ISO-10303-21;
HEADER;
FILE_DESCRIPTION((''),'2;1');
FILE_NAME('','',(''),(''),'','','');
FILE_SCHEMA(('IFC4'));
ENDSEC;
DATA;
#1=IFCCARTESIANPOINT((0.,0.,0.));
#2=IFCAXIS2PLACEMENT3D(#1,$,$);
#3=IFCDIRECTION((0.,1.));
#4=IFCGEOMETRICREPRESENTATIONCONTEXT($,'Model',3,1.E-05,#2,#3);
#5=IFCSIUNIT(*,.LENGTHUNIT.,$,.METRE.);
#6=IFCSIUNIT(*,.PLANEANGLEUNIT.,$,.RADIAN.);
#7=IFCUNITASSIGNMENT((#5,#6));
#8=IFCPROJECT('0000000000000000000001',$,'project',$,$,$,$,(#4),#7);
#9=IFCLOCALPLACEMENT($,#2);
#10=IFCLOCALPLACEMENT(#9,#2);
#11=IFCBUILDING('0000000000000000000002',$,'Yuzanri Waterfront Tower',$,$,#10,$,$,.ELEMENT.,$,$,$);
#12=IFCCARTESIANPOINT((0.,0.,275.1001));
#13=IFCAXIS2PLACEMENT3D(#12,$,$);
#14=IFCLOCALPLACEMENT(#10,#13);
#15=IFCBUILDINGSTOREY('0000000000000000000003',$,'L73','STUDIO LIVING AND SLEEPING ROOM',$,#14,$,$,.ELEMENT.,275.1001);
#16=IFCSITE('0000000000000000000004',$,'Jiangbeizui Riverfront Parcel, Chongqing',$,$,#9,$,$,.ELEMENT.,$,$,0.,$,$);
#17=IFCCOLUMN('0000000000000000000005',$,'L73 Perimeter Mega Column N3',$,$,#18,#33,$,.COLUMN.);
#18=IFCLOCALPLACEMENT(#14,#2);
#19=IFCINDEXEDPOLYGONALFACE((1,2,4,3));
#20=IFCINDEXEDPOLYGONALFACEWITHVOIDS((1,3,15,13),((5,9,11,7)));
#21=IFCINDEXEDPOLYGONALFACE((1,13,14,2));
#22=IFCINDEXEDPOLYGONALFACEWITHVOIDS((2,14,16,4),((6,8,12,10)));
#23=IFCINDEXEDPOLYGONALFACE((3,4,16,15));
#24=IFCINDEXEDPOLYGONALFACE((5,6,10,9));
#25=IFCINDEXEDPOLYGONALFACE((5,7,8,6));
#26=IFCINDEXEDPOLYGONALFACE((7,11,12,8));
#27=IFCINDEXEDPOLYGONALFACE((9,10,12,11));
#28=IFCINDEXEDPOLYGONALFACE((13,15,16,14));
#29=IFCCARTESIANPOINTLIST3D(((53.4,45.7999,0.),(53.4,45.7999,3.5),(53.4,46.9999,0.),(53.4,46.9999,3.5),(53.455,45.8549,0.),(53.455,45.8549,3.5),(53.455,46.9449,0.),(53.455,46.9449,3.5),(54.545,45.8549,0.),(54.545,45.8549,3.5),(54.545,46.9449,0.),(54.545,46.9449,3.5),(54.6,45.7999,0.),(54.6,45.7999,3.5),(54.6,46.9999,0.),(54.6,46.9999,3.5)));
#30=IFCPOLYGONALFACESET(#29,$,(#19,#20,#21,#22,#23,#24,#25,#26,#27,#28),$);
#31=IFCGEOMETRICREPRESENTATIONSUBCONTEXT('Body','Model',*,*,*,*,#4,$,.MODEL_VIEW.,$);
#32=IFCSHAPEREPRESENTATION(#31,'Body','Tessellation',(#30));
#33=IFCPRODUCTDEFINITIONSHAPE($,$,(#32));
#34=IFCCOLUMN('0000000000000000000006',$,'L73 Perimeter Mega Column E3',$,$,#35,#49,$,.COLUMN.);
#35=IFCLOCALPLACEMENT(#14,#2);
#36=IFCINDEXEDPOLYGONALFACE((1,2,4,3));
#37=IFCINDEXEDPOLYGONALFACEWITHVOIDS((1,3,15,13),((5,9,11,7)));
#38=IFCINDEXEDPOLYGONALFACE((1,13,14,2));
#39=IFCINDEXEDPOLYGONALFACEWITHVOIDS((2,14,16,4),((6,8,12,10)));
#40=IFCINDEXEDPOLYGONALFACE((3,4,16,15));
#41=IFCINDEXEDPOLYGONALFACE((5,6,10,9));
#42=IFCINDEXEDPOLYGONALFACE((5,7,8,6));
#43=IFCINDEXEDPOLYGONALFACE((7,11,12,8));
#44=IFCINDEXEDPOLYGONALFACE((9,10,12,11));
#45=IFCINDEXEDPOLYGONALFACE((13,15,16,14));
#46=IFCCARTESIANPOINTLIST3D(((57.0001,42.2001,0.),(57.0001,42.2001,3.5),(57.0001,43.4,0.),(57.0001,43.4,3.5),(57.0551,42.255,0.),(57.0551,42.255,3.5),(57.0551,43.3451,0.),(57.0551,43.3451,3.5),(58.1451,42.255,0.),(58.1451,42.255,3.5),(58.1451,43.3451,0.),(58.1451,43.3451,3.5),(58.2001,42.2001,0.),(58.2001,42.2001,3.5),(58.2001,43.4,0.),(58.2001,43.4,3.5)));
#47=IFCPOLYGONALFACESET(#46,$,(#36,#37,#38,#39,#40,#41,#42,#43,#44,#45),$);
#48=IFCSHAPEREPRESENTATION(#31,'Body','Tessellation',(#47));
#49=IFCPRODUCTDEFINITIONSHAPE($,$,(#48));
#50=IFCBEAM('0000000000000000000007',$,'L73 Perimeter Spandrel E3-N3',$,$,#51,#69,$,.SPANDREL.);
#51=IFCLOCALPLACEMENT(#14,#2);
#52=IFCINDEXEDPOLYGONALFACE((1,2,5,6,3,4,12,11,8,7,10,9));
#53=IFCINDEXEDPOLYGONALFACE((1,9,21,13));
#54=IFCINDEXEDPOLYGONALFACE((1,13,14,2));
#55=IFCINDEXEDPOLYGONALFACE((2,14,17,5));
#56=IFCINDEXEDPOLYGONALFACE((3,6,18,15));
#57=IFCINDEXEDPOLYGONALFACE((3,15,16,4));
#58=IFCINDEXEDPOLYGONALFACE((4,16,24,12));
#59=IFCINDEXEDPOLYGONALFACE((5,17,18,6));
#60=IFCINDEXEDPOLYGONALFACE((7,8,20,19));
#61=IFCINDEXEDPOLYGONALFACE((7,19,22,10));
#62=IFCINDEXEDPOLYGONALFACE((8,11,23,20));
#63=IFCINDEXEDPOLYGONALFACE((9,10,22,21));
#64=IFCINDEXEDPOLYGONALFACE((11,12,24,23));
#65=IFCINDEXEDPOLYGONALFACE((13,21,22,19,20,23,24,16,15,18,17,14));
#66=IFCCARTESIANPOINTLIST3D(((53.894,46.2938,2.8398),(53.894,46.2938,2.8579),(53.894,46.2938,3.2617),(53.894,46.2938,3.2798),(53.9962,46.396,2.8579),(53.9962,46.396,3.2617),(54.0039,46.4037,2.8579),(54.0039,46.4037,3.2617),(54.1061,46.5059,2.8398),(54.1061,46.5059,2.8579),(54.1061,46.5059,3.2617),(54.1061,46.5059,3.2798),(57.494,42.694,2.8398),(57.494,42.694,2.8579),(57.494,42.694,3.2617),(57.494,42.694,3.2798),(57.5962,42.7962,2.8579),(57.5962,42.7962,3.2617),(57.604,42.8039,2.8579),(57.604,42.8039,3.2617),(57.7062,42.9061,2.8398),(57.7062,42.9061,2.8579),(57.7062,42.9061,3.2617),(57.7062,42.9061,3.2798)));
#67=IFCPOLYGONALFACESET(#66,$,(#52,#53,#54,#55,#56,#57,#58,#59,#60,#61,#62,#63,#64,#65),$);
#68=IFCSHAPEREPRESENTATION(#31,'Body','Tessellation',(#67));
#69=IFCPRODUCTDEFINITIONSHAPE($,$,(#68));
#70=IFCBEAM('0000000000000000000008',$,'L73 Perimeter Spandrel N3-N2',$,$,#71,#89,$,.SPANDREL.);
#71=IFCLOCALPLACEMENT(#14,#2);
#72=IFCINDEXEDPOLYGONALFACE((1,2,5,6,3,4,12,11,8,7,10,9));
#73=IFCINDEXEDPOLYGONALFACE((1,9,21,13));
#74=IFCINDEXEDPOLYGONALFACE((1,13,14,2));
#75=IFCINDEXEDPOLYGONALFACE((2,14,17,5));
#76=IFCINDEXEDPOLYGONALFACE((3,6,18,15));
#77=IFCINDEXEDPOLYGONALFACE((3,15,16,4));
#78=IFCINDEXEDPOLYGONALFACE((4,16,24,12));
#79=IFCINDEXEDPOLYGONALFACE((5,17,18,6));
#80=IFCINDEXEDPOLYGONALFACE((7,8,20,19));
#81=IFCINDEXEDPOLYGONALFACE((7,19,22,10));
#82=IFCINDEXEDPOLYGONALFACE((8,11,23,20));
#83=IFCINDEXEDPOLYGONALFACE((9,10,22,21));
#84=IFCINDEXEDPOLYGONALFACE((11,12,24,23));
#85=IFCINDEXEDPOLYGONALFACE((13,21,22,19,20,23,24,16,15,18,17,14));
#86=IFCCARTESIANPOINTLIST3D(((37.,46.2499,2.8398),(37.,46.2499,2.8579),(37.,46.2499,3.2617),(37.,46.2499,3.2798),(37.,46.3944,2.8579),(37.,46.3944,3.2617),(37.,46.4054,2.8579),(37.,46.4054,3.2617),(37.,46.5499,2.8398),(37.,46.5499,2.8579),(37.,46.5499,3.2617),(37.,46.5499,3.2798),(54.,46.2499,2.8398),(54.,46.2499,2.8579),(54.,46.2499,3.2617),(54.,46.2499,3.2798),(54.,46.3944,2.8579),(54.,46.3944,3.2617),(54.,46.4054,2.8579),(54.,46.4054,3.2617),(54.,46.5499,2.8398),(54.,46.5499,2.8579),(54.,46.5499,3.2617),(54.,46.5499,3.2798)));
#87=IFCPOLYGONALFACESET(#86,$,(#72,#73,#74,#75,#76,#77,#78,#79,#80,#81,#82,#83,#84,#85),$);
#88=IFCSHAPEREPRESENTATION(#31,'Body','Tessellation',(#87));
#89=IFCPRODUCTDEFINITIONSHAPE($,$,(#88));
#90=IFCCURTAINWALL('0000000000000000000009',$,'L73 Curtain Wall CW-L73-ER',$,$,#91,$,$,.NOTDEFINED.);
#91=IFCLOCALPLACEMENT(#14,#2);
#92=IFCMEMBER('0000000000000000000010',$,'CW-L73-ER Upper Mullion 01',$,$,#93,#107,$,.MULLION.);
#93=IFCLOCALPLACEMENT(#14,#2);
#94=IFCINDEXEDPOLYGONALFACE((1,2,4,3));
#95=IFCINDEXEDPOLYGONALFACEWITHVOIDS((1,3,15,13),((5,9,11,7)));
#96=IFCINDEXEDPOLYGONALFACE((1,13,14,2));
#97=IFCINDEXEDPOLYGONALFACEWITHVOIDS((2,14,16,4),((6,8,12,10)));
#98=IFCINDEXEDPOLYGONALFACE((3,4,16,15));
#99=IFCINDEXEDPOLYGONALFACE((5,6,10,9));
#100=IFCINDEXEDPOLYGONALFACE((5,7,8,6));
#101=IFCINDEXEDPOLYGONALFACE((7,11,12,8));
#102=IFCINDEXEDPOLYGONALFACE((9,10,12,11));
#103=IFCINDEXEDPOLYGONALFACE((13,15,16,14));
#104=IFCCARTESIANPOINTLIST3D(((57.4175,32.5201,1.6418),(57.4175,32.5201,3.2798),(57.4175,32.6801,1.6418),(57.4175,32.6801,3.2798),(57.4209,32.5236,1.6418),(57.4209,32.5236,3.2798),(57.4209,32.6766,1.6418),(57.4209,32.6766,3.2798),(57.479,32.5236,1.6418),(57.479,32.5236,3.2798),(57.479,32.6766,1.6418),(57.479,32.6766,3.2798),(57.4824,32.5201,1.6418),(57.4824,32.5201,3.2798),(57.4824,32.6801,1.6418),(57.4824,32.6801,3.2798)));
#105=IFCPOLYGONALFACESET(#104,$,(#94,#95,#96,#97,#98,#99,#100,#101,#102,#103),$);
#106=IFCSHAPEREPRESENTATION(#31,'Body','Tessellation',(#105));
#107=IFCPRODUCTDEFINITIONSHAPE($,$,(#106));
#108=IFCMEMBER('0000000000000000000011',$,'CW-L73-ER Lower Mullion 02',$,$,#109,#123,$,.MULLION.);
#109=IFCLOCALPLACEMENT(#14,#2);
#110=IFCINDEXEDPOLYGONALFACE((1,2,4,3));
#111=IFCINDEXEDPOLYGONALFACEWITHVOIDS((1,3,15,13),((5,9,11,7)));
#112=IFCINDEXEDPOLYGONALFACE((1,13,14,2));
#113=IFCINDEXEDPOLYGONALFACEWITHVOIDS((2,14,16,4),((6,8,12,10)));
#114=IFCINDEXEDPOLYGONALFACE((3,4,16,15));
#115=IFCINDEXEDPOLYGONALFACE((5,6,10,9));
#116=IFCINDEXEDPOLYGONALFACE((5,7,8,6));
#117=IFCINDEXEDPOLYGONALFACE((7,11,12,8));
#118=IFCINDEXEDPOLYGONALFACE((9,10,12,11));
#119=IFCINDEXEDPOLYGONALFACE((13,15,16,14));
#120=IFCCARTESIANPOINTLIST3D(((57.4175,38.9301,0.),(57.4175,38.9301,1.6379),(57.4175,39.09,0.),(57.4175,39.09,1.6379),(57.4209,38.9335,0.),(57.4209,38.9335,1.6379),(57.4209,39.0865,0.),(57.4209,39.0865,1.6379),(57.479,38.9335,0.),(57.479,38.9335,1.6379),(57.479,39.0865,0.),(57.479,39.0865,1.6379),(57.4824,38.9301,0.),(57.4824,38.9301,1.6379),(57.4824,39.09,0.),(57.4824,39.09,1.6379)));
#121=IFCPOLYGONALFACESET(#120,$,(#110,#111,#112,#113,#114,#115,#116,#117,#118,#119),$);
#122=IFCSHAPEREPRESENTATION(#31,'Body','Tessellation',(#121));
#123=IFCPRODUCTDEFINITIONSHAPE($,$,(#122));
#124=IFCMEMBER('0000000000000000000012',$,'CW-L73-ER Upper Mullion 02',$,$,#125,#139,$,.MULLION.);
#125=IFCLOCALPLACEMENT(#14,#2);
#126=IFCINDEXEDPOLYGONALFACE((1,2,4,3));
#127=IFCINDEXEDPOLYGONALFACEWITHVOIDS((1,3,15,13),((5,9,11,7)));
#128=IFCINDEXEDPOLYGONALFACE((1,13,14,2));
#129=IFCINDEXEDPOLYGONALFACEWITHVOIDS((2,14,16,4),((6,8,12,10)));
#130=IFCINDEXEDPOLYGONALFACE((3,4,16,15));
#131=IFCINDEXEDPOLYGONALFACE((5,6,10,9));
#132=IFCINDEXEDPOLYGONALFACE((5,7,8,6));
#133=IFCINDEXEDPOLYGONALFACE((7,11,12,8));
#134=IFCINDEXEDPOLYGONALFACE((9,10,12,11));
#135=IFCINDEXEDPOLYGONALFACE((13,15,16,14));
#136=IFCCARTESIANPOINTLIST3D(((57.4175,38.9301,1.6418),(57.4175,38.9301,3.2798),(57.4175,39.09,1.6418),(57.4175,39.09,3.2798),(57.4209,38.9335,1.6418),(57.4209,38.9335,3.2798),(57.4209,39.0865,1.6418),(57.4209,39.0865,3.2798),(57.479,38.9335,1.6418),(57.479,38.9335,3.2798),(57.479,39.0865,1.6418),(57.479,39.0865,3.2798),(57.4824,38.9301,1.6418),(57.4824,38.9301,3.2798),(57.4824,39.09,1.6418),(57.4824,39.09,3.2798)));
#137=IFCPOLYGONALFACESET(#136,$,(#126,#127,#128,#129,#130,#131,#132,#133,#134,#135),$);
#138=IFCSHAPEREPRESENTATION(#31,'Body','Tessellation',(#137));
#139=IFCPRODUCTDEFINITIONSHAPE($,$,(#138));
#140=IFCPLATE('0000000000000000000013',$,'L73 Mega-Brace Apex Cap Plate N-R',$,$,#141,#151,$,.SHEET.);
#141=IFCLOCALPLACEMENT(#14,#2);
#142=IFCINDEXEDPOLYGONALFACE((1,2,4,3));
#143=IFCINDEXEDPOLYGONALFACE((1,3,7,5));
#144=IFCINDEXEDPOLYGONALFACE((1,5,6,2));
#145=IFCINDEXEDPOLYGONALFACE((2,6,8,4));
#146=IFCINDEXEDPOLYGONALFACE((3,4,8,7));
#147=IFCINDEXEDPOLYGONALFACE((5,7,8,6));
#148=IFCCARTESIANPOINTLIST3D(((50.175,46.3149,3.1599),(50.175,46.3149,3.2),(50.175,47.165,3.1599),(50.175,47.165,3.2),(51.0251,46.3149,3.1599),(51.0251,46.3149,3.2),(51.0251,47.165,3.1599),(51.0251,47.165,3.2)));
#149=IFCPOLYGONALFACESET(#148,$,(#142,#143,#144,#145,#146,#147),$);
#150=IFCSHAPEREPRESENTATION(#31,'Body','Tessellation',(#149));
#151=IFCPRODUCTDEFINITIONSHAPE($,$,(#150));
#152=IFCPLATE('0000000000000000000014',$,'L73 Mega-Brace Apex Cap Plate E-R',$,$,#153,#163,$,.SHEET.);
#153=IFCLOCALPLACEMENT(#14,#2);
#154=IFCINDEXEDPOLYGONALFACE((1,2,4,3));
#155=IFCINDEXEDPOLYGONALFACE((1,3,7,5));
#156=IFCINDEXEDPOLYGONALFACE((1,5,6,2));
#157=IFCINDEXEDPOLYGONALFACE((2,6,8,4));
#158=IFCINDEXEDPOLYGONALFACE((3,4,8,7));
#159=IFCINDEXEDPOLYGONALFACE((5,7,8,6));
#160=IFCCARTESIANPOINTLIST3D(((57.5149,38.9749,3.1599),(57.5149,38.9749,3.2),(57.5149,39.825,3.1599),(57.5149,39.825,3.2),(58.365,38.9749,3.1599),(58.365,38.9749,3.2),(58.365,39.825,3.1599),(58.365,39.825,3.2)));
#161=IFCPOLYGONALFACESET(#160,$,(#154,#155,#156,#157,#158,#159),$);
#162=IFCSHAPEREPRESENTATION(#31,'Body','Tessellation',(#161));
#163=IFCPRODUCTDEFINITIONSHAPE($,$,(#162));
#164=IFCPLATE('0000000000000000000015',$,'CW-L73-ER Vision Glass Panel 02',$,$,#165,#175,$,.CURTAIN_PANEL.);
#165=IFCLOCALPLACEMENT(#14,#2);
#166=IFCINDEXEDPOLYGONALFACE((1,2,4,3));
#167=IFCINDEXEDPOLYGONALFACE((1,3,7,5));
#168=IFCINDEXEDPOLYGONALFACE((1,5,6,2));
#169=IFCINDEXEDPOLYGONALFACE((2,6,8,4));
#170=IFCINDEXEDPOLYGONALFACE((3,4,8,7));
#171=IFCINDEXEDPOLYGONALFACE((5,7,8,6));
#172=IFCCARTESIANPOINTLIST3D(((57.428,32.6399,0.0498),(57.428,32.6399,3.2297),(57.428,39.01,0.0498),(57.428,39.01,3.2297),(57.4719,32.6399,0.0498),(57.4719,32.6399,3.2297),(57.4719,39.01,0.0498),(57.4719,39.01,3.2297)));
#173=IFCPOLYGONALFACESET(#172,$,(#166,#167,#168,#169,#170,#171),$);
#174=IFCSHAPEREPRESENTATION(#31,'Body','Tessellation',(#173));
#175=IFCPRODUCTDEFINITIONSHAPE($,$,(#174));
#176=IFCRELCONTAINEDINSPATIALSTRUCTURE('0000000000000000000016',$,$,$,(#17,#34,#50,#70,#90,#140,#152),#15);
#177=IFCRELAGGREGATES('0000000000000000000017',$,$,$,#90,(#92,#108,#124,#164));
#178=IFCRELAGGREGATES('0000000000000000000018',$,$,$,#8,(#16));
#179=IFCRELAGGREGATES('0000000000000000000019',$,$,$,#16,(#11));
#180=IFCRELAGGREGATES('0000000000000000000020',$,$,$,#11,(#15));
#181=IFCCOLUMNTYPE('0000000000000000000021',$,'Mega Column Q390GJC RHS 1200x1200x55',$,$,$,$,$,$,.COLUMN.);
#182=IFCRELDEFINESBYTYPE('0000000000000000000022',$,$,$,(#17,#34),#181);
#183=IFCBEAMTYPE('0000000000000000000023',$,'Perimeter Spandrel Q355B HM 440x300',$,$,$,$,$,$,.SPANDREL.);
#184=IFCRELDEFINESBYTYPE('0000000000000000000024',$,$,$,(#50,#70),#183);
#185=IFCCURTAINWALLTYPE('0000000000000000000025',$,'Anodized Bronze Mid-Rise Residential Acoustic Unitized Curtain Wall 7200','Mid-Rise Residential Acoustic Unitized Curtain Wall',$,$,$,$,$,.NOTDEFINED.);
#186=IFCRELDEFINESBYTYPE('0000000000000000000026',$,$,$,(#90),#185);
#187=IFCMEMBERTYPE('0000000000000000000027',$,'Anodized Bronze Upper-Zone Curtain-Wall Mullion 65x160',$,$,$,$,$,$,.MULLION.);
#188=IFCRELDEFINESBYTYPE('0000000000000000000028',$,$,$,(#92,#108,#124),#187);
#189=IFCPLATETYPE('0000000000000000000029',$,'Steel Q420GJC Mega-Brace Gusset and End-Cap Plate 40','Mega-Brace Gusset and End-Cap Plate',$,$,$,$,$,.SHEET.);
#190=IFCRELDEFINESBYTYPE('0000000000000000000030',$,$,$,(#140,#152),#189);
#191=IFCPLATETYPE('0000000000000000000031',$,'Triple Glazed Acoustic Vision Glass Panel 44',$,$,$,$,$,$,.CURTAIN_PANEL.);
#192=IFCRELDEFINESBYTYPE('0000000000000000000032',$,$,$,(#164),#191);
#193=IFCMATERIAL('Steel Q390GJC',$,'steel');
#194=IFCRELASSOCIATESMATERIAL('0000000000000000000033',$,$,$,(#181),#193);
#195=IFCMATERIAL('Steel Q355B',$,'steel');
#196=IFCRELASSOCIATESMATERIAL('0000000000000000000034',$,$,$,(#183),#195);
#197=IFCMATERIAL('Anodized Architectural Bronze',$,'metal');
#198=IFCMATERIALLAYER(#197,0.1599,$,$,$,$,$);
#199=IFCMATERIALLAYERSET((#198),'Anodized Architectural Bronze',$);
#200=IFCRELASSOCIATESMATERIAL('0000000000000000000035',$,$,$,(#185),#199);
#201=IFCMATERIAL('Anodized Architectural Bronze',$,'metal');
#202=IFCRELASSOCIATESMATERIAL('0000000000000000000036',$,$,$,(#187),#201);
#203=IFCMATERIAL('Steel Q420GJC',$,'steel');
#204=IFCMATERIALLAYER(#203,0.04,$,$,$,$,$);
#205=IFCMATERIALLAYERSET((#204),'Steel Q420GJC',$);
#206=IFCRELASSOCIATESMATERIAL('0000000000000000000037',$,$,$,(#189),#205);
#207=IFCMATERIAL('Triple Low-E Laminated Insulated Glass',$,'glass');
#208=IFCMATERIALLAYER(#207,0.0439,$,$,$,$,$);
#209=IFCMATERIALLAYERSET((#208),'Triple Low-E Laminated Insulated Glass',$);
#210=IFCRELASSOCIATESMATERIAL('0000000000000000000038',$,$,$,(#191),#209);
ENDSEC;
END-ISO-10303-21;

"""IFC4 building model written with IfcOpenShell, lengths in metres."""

from ifc_helpers import new_model, si_unit, direction, frame, origin, origin_2d, place, context, subcontext, project, spatial, rectangle, hollow_rectangle, i_section, extrude, source, transform, mapped, material, layer, layer_set, material_profile, profile_set, type_object, element, aggregate, save


model = new_model("IFC4")

# Units and contexts
model_context = context("Model", 3, precision=1e-05, world=origin(), true_north=direction((0.0, 1.0)))
body_context = subcontext(model_context, "Body", "Model", "MODEL_VIEW")
ifc_project = project(units=[si_unit("LENGTHUNIT", "METRE"), si_unit("PLANEANGLEUNIT", "RADIAN")], contexts=[model_context])

# Site, building, storey
site_placement = place(None, origin())
site = spatial("IfcSite", under=ifc_project, at=site_placement, Name="Jiangbeizui Riverfront Parcel, Chongqing", CompositionType="ELEMENT", RefElevation=0.0)
building_placement = place(site_placement, origin())
building = spatial("IfcBuilding", under=site, at=building_placement, Name="Yuzanri Waterfront Tower", CompositionType="ELEMENT")
storey_placement = place(building_placement, frame((0.0, 0.0, 275.1001)))
storey = spatial("IfcBuildingStorey", under=building, at=storey_placement, Name="L73", Description="STUDIO LIVING AND SLEEPING ROOM", CompositionType="ELEMENT", Elevation=275.1001)

# Columns
ifc_material_1 = material(Name="Steel Q390GJC", Category="steel")
ifc_material_profile_1 = material_profile(ifc_material_1, hollow_rectangle(XDim=1.2, YDim=1.2, WallThickness=0.0549, at=origin_2d()), Name="RHS 1200x1200x55")
ifc_profile_set_1 = profile_set([ifc_material_profile_1], Name="Steel Q390GJC")
column_type = type_object("IfcColumnType", Name="Mega Column Q390GJC RHS 1200x1200x55", PredefinedType="COLUMN", material=ifc_profile_set_1)
shared_shape_1 = source(origin(), body_context, "Body", "SweptSolid", [
    extrude(hollow_rectangle(XDim=1.2, YDim=1.2, WallThickness=0.0549, at=origin_2d()), origin(), (0.0, 0.0, 1.0), 3.5),
])
for number, where, z_axis, x_axis, name in (
    (1, (54.0, 46.3999, 0.0), (0.0, 0.0, 1.0), (1.0, 0.0, 0.0), "L73 Perimeter Mega Column N3"),
    (2, (57.6001, 42.8, 0.0), (0.0, 0.0, 1.0), (1.0, 0.0, 0.0), "L73 Perimeter Mega Column E3"),
):
    element("IfcColumn", number, at=place(storey_placement, frame(where, z_axis=z_axis, x_axis=x_axis)), inside=storey, type_object=column_type, Name=name, PredefinedType="COLUMN", context=body_context, shape_type="MappedRepresentation", body=[
        mapped(shared_shape_1, transform((0.0, 0.0, 0.0), scale=1.0)),
    ])

# Beams
ifc_material_2 = material(Name="Steel Q355B", Category="steel")
ifc_material_profile_2 = material_profile(ifc_material_2, i_section(OverallWidth=0.3, OverallDepth=0.4399, WebThickness=0.011, FlangeThickness=0.0181, at=origin_2d()), Name="HM 440x300x11x18")
ifc_profile_set_2 = profile_set([ifc_material_profile_2], Name="Steel Q355B")
beam_type = type_object("IfcBeamType", Name="Perimeter Spandrel Q355B HM 440x300", PredefinedType="SPANDREL", material=ifc_profile_set_2)
shared_shape_2 = source(origin(), body_context, "Body", "SweptSolid", [
    extrude(i_section(OverallWidth=0.3, OverallDepth=0.4399, WebThickness=0.011, FlangeThickness=0.0181, at=origin_2d()), origin(), (0.0, 0.0, 1.0), 5.0911),
])
beam_1_placement = place(storey_placement, frame((57.6001, 42.8, 3.0598), z_axis=(-0.707131, 0.707083, 0.0), x_axis=(-0.707083, -0.707131, 0.0)))
element("IfcBeam", 3, at=beam_1_placement, inside=storey, type_object=beam_type, Name="L73 Perimeter Spandrel E3-N3", PredefinedType="SPANDREL", context=body_context, shape_type="MappedRepresentation", body=[
    mapped(shared_shape_2, transform((0.0, 0.0, 0.0), scale=1.0)),
])
shared_shape_3 = source(origin(), body_context, "Body", "SweptSolid", [
    extrude(i_section(OverallWidth=0.3, OverallDepth=0.4399, WebThickness=0.011, FlangeThickness=0.0181, at=origin_2d()), origin(), (0.0, 0.0, 1.0), 17.0),
])
beam_2_placement = place(storey_placement, frame((54.0, 46.3999, 3.0598), z_axis=(-1.0, 0.0, 0.0), x_axis=(0.0, -1.0, 0.0)))
element("IfcBeam", 4, at=beam_2_placement, inside=storey, type_object=beam_type, Name="L73 Perimeter Spandrel N3-N2", PredefinedType="SPANDREL", context=body_context, shape_type="MappedRepresentation", body=[
    mapped(shared_shape_3, transform((0.0, 0.0, 0.0), scale=1.0)),
])

# Curtain wall, members
ifc_material_3 = material(Name="Anodized Architectural Bronze", Category="metal")
ifc_layer_1 = layer(ifc_material_3, 0.1599)
ifc_layer_set_1 = layer_set([ifc_layer_1], Name="Anodized Architectural Bronze")
curtain_wall_type = type_object("IfcCurtainWallType", Name="Anodized Bronze Mid-Rise Residential Acoustic Unitized Curtain Wall 7200", Description="Mid-Rise Residential Acoustic Unitized Curtain Wall", PredefinedType="NOTDEFINED", material=ifc_layer_set_1)
curtain_wall_placement = place(storey_placement, origin())
curtain_wall = element("IfcCurtainWall", 5, at=curtain_wall_placement, inside=storey, type_object=curtain_wall_type, Name="L73 Curtain Wall CW-L73-ER", PredefinedType="NOTDEFINED")
ifc_material_4 = material(Name="Anodized Architectural Bronze", Category="metal")
ifc_material_profile_3 = material_profile(ifc_material_4, hollow_rectangle(XDim=0.0649, YDim=0.1599, WallThickness=0.0034, at=origin_2d()), Name="CWM 65x160")
ifc_profile_set_3 = profile_set([ifc_material_profile_3], Name="Anodized Architectural Bronze")
member_type = type_object("IfcMemberType", Name="Anodized Bronze Upper-Zone Curtain-Wall Mullion 65x160", PredefinedType="MULLION", material=ifc_profile_set_3)
shared_shape_4 = source(origin(), body_context, "Body", "SweptSolid", [
    extrude(hollow_rectangle(XDim=0.0649, YDim=0.1599, WallThickness=0.0034, at=origin_2d()), origin(), (0.0, 0.0, 1.0), 1.6379),
])
member_1_placement = place(storey_placement, frame((57.45, 32.6001, 1.6418), z_axis=(0.0, 0.0, 1.0), x_axis=(1.0, 0.0, 0.0)))
member_1 = element("IfcMember", 6, at=member_1_placement, type_object=member_type, Name="CW-L73-ER Upper Mullion 01", PredefinedType="MULLION", context=body_context, shape_type="MappedRepresentation", body=[
    mapped(shared_shape_4, transform((0.0, 0.0, 0.0), scale=1.0)),
])
member_2_placement = place(storey_placement, frame((57.45, 39.01, 0.0), z_axis=(0.0, 0.0, 1.0), x_axis=(1.0, 0.0, 0.0)))
member_2 = element("IfcMember", 7, at=member_2_placement, type_object=member_type, Name="CW-L73-ER Lower Mullion 02", PredefinedType="MULLION", context=body_context, shape_type="MappedRepresentation", body=[
    mapped(shared_shape_4, transform((0.0, 0.0, 0.0), scale=1.0)),
])
member_3_placement = place(storey_placement, frame((57.45, 39.01, 1.6418), z_axis=(0.0, 0.0, 1.0), x_axis=(1.0, 0.0, 0.0)))
member_3 = element("IfcMember", 8, at=member_3_placement, type_object=member_type, Name="CW-L73-ER Upper Mullion 02", PredefinedType="MULLION", context=body_context, shape_type="MappedRepresentation", body=[
    mapped(shared_shape_4, transform((0.0, 0.0, 0.0), scale=1.0)),
])

# Plates
ifc_material_5 = material(Name="Steel Q420GJC", Category="steel")
ifc_layer_2 = layer(ifc_material_5, 0.04)
ifc_layer_set_2 = layer_set([ifc_layer_2], Name="Steel Q420GJC")
plate_type_1 = type_object("IfcPlateType", Name="Steel Q420GJC Mega-Brace Gusset and End-Cap Plate 40", Description="Mega-Brace Gusset and End-Cap Plate", PredefinedType="SHEET", material=ifc_layer_set_2)
shared_shape_5 = source(origin(), body_context, "Body", "SweptSolid", [
    extrude(rectangle(XDim=0.8501, YDim=0.8501, at=origin_2d()), origin(), (0.0, 0.0, 1.0), 0.04),
])
for number, where, z_axis, x_axis, name in (
    (9, (50.6001, 46.74, 3.1599), (0.0, 0.0, 1.0), (1.0, 0.0, 0.0), "L73 Mega-Brace Apex Cap Plate N-R"),
    (10, (57.9399, 39.3999, 3.1599), (0.0, 0.0, 1.0), (1.0, 0.0, 0.0), "L73 Mega-Brace Apex Cap Plate E-R"),
):
    element("IfcPlate", number, at=place(storey_placement, frame(where, z_axis=z_axis, x_axis=x_axis)), inside=storey, type_object=plate_type_1, Name=name, PredefinedType="SHEET", context=body_context, shape_type="MappedRepresentation", body=[
        mapped(shared_shape_5, transform((0.0, 0.0, 0.0), scale=1.0)),
    ])

# Plate
ifc_material_6 = material(Name="Triple Low-E Laminated Insulated Glass", Category="glass")
ifc_layer_3 = layer(ifc_material_6, 0.0439)
ifc_layer_set_3 = layer_set([ifc_layer_3], Name="Triple Low-E Laminated Insulated Glass")
plate_type_2 = type_object("IfcPlateType", Name="Triple Glazed Acoustic Vision Glass Panel 44", PredefinedType="CURTAIN_PANEL", material=ifc_layer_set_3)
shared_shape_6 = source(origin(), body_context, "Body", "SweptSolid", [
    extrude(rectangle(XDim=6.3701, YDim=0.0439, at=origin_2d()), origin(), (0.0, 0.0, 1.0), 3.1799),
])
plate_placement = place(storey_placement, frame((57.45, 35.825, 0.0498), z_axis=(0.0, 0.0, 1.0), x_axis=(0.0, 1.0, 0.0)))
plate = element("IfcPlate", 11, at=plate_placement, type_object=plate_type_2, Name="CW-L73-ER Vision Glass Panel 02", PredefinedType="CURTAIN_PANEL", context=body_context, shape_type="MappedRepresentation", body=[
    mapped(shared_shape_6, transform((0.0, 0.0, 0.0), scale=1.0)),
])
aggregate(curtain_wall, [member_1, member_2, member_3, plate])

save(model, "model.ifc")
